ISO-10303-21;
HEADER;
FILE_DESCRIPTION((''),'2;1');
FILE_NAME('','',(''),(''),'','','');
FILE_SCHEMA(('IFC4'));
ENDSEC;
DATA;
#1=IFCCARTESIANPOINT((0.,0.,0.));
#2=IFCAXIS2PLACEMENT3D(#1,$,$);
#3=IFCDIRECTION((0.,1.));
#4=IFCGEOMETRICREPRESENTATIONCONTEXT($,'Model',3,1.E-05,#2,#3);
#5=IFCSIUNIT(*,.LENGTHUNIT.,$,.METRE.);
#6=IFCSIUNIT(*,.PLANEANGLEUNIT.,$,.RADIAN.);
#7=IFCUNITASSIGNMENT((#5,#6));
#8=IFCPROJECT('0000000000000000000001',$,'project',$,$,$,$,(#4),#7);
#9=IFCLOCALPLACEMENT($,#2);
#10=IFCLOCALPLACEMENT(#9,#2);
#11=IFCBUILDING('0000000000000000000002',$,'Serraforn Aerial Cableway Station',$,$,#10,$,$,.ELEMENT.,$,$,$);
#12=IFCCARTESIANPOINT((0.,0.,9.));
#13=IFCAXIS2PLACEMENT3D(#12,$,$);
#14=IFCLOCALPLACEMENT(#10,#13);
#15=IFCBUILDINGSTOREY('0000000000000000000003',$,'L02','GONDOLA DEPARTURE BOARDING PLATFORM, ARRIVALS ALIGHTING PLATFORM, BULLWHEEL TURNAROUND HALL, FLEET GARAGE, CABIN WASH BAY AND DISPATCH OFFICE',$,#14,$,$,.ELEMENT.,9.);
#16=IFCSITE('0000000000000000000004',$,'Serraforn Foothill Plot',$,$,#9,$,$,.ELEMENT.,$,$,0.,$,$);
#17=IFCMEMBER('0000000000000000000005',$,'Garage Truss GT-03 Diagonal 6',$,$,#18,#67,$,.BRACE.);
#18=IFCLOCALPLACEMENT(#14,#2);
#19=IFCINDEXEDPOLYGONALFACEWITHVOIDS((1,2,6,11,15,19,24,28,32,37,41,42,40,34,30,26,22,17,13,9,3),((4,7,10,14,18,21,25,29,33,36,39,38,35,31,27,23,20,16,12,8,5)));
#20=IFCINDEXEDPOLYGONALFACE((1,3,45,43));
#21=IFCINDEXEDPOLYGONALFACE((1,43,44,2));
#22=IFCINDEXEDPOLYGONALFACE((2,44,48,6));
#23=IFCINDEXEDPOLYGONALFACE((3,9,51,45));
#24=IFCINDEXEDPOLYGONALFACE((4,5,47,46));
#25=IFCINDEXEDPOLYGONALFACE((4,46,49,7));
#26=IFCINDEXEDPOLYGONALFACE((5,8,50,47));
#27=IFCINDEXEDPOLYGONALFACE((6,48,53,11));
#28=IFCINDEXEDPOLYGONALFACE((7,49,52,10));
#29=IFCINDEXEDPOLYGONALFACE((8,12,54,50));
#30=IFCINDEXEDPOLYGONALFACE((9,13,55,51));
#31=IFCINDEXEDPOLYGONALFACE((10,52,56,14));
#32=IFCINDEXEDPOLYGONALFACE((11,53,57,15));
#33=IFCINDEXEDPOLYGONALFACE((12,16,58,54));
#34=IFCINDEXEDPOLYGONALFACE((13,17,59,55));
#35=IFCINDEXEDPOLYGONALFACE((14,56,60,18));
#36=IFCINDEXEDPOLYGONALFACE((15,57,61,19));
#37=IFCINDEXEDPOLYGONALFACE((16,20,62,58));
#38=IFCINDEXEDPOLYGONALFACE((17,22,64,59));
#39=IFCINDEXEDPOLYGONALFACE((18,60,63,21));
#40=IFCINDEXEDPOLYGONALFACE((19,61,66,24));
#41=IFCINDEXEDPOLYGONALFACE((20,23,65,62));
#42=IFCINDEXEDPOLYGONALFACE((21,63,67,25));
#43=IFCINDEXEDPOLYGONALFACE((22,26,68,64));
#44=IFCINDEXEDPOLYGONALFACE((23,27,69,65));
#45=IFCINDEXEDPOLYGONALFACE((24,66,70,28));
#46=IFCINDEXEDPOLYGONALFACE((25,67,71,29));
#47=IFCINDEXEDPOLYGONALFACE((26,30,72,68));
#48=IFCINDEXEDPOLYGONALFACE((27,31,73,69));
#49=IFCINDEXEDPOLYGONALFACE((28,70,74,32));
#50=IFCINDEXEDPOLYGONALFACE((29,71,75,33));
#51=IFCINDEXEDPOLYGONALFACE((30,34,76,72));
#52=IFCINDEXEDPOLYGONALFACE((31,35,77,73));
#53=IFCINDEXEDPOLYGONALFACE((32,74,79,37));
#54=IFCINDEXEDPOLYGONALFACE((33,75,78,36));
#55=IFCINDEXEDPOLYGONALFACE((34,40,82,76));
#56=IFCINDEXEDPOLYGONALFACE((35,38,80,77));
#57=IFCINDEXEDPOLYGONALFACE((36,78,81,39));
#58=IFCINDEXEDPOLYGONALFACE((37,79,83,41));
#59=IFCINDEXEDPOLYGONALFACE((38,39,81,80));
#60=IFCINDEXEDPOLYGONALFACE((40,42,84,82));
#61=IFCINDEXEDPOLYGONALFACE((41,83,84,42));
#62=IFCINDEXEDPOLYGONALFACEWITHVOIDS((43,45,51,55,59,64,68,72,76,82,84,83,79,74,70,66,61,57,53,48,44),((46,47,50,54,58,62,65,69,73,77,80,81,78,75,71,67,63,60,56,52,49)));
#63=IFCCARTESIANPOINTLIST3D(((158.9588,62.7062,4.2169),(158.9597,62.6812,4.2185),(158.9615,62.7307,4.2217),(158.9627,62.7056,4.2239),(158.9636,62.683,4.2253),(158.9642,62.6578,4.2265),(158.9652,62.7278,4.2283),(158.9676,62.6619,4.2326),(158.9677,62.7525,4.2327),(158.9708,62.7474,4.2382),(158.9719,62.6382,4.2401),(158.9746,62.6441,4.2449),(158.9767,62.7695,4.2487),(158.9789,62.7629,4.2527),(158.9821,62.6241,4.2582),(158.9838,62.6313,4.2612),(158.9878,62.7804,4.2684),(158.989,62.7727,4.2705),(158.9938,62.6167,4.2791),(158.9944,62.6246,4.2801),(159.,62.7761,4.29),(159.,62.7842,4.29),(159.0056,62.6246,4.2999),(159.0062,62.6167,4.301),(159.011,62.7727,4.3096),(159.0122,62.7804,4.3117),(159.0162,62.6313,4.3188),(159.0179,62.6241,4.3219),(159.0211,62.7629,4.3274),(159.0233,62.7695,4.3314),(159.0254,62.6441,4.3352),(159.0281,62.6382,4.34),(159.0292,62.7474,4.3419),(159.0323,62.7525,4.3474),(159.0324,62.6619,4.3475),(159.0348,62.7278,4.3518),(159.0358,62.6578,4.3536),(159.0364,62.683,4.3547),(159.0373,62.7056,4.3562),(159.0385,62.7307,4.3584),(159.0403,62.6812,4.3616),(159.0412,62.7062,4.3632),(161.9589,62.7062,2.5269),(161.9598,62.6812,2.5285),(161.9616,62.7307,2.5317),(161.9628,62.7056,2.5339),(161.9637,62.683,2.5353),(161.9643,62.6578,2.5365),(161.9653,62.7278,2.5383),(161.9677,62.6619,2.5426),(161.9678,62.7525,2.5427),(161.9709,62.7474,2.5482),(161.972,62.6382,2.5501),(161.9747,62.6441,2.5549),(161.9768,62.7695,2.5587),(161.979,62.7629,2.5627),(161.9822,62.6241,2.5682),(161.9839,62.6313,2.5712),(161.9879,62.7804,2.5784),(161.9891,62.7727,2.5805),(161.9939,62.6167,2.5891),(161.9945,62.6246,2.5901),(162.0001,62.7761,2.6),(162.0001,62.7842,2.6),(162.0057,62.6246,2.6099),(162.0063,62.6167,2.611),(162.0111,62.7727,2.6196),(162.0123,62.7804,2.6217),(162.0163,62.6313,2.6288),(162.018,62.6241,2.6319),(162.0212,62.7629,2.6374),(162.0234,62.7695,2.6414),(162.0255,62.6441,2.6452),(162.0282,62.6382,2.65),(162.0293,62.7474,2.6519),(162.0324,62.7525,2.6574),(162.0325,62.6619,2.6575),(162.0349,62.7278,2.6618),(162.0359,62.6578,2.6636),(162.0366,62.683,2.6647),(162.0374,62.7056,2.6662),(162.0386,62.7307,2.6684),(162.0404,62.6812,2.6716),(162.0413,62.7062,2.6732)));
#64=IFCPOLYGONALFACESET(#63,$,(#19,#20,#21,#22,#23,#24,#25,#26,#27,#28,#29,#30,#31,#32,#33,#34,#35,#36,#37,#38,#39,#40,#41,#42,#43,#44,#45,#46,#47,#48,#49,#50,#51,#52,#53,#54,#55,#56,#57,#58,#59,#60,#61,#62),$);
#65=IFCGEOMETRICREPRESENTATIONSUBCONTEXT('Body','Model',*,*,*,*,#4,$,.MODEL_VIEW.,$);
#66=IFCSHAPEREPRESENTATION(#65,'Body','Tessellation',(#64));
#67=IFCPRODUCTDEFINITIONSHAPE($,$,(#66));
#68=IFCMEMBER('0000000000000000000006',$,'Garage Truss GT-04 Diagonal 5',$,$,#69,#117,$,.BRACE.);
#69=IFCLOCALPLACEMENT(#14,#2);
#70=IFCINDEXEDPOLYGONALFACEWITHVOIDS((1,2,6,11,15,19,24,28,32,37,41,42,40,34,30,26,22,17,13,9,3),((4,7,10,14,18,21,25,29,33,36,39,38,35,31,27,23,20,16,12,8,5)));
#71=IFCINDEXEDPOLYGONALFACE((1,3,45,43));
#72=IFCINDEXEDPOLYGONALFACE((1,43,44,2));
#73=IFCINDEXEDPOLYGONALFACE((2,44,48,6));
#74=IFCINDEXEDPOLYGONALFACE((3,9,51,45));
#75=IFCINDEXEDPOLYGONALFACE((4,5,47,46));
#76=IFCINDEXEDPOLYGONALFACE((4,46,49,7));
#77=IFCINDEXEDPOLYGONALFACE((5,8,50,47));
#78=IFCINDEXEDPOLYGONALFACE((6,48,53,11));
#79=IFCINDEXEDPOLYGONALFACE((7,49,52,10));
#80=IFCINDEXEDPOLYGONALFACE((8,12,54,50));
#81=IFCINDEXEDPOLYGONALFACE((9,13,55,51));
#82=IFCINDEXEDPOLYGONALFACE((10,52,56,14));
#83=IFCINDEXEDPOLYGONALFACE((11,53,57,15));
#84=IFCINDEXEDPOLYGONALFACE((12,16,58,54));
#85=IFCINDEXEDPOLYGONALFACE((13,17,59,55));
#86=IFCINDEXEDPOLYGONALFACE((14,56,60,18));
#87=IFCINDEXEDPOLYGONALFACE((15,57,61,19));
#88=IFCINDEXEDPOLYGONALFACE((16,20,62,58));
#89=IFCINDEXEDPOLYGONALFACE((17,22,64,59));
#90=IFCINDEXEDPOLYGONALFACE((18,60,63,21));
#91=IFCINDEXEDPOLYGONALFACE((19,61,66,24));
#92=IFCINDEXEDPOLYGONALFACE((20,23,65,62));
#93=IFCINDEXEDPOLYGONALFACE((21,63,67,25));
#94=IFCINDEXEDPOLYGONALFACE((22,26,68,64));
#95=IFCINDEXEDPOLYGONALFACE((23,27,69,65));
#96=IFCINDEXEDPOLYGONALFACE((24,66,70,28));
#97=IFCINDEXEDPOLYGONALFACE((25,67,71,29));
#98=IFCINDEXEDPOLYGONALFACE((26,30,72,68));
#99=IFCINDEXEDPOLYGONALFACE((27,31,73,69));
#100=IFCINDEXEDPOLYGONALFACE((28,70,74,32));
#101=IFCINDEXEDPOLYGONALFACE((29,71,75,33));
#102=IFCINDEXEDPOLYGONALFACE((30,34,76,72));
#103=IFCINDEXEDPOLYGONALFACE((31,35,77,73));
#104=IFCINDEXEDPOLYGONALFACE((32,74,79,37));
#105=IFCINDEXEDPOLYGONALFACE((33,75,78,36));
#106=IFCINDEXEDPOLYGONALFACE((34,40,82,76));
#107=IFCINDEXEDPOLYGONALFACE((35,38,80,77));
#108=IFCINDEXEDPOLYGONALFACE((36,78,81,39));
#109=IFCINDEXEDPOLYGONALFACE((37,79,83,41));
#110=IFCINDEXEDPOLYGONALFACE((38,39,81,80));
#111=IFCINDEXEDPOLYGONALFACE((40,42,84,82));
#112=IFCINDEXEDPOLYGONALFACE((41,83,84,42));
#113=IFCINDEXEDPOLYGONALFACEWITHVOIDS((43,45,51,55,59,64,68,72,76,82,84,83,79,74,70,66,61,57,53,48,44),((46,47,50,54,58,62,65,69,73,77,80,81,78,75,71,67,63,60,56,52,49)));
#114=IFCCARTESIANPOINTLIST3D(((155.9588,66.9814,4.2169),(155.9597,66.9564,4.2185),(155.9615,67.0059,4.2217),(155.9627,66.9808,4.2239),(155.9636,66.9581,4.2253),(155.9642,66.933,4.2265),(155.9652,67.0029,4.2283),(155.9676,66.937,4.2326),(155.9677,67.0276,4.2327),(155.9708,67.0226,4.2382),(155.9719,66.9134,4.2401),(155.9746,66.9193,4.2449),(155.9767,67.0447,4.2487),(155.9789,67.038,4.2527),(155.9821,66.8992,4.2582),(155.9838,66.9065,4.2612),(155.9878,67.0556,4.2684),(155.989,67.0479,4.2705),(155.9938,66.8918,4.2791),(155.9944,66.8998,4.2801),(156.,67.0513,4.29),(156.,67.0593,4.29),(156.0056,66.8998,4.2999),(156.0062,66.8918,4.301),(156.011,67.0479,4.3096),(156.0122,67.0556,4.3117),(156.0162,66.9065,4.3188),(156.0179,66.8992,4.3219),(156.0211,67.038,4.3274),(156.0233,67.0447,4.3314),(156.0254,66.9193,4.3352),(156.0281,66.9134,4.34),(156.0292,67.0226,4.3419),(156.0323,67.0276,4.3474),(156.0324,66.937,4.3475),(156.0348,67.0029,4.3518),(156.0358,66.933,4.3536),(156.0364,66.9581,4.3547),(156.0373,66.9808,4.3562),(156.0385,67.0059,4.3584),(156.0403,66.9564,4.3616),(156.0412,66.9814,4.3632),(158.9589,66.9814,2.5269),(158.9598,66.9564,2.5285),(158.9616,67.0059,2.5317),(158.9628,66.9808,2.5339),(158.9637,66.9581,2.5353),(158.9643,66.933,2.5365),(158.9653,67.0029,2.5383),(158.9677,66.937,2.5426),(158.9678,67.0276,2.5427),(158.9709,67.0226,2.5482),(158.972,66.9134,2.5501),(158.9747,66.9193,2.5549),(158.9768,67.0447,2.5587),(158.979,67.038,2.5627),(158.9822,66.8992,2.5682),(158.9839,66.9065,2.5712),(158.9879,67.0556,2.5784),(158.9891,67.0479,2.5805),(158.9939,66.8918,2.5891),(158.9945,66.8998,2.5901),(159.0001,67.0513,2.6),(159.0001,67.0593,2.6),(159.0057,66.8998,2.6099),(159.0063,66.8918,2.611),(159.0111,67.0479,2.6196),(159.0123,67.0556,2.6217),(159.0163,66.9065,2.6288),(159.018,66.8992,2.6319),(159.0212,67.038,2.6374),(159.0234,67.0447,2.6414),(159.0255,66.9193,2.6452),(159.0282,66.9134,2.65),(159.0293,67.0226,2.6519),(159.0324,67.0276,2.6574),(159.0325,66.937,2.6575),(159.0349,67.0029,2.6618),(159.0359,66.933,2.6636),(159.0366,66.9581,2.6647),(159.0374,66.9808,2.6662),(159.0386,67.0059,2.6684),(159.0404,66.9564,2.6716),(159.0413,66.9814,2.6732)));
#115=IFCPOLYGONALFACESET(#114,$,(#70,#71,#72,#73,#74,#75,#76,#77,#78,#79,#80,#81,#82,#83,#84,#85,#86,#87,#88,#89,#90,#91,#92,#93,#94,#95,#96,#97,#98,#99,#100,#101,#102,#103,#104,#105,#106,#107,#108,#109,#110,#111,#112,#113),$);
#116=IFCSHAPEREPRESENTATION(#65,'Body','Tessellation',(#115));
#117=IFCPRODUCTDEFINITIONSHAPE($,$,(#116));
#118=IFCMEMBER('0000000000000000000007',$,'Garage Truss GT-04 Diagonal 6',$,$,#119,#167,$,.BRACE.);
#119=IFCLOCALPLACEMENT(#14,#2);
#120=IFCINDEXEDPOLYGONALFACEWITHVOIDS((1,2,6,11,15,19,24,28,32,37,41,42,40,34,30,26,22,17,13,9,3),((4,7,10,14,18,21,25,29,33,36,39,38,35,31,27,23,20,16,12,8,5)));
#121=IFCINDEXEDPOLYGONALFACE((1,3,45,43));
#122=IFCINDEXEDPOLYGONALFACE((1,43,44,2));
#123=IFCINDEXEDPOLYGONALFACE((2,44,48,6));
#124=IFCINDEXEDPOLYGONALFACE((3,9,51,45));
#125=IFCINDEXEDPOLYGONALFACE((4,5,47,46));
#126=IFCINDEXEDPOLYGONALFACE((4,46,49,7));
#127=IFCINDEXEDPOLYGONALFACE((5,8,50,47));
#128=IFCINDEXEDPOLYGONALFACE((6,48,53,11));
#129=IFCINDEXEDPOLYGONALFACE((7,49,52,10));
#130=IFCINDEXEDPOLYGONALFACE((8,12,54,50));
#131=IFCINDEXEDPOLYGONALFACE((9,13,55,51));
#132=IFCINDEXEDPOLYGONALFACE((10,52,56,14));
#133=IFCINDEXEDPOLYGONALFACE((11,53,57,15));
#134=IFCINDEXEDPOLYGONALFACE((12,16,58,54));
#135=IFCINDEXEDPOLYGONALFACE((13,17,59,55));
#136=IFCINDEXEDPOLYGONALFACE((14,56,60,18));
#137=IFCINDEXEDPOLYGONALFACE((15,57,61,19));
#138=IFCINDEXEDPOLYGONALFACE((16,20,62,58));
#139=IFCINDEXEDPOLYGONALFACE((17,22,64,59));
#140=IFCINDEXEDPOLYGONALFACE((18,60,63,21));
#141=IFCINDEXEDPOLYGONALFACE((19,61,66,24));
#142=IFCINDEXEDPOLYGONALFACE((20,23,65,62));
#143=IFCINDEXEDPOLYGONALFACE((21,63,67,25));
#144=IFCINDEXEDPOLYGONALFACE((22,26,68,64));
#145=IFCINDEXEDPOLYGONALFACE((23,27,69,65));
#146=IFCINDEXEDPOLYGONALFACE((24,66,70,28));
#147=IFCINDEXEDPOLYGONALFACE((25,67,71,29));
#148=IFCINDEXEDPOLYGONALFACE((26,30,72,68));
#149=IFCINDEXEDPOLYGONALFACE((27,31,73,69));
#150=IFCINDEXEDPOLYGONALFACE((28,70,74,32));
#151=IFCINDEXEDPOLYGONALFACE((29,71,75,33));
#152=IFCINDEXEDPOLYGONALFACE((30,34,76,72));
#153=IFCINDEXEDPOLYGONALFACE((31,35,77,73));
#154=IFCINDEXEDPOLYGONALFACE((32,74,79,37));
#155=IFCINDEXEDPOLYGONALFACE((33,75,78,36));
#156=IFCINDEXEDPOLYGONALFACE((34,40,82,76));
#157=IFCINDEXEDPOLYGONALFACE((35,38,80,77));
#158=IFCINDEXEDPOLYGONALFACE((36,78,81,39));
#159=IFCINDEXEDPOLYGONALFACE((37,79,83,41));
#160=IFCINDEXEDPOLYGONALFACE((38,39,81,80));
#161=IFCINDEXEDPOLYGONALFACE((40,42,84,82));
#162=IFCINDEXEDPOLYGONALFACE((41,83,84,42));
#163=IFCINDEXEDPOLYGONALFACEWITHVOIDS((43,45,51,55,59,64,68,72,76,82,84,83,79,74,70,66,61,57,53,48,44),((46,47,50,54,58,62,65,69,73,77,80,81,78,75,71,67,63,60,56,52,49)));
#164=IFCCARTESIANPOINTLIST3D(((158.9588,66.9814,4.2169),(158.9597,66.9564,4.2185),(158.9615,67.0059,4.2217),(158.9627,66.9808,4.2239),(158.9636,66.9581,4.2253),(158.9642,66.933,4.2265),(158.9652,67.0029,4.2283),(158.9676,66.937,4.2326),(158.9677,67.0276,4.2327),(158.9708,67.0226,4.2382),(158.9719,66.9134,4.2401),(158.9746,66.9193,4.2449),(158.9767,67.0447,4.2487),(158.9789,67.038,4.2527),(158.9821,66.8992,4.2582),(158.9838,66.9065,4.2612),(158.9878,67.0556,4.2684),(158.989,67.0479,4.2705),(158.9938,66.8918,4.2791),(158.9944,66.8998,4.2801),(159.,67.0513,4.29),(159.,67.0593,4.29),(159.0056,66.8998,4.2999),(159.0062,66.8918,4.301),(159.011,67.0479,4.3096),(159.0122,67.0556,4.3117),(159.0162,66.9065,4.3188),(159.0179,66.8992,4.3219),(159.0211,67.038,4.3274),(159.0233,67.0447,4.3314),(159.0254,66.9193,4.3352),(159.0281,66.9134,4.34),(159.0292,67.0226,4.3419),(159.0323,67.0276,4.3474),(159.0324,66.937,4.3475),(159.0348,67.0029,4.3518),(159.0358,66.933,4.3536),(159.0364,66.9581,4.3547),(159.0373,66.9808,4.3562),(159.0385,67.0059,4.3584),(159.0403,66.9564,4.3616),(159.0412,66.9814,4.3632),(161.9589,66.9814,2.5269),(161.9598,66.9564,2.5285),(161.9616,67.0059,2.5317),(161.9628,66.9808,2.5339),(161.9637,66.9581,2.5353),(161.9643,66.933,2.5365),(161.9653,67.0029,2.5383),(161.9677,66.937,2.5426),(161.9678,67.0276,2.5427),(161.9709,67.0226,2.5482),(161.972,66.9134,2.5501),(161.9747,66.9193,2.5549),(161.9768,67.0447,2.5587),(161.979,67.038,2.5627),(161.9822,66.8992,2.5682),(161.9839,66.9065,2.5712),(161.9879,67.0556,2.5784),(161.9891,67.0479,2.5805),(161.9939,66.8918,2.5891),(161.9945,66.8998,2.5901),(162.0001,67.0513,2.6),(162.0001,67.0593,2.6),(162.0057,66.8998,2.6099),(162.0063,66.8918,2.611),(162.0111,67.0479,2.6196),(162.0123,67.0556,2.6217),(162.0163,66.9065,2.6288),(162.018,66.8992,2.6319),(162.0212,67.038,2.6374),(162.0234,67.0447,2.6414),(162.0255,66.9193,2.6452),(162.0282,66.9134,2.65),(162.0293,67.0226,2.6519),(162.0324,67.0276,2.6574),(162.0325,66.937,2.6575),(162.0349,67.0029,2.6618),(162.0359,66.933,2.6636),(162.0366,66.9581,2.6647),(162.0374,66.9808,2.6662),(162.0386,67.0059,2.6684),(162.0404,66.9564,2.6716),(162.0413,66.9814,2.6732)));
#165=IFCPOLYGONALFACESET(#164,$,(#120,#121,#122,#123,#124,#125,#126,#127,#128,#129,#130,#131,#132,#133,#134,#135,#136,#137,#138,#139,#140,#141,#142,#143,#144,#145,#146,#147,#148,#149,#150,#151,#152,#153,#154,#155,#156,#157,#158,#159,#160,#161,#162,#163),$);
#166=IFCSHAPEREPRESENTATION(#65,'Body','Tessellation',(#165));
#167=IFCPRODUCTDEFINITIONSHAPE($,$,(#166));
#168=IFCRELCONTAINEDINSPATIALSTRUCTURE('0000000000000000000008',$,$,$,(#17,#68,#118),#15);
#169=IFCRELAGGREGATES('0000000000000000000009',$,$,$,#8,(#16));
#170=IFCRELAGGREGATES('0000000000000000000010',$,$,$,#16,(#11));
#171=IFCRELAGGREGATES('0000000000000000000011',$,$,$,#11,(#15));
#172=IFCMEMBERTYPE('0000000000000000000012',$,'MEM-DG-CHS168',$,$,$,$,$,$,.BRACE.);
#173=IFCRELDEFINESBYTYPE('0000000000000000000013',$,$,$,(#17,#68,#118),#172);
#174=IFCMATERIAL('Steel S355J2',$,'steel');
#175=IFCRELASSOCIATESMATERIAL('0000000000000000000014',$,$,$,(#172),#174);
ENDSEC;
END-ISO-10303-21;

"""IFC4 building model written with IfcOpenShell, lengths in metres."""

from ifc_helpers import new_model, si_unit, direction, frame, origin, origin_2d, place, context, subcontext, project, spatial, hollow_circle, extrude, material, material_profile, profile_set, type_object, element, save


model = new_model("IFC4")

# Units and contexts
model_context = context("Model", 3, precision=1e-05, world=origin(), true_north=direction((0.0, 1.0)))
body_context = subcontext(model_context, "Body", "Model", "MODEL_VIEW")
ifc_project = project(units=[si_unit("LENGTHUNIT", "METRE"), si_unit("PLANEANGLEUNIT", "RADIAN")], contexts=[model_context])

# Site, building, storey
site_placement = place(None, origin())
site = spatial("IfcSite", under=ifc_project, at=site_placement, Name="Serraforn Foothill Plot", CompositionType="ELEMENT", RefElevation=0.0)
building_placement = place(site_placement, origin())
building = spatial("IfcBuilding", under=site, at=building_placement, Name="Serraforn Aerial Cableway Station", CompositionType="ELEMENT")
storey_placement = place(building_placement, frame((0.0, 0.0, 9.0)))
storey = spatial("IfcBuildingStorey", under=building, at=storey_placement, Name="L02", Description="GONDOLA DEPARTURE BOARDING PLATFORM, ARRIVALS ALIGHTING PLATFORM, BULLWHEEL TURNAROUND HALL, FLEET GARAGE, CABIN WASH BAY AND DISPATCH OFFICE", CompositionType="ELEMENT", Elevation=9.0)

# Members
ifc_material_1 = material(Name="Steel S355J2", Category="steel")
ifc_material_profile_1 = material_profile(ifc_material_1, hollow_circle(Radius=0.0842, WallThickness=0.0081, at=origin_2d()), Name="CHS 168.3x8.0")
ifc_profile_set_1 = profile_set([ifc_material_profile_1], Name="Steel S355J2")
member_type_1 = type_object("IfcMemberType", Name="MEM-DG-CHS168", PredefinedType="BRACE", material=ifc_profile_set_1)
for number, where, z_axis, x_axis, name in (
    (1, (159.0, 62.7, 4.29), (0.871272, 0.0, -0.4908), (0.0, 1.0, 0.0), "Garage Truss GT-03 Diagonal 6"),
    (2, (156.0, 66.9751, 4.29), (0.871272, 0.0, -0.4908), (0.0, 1.0, 0.0), "Garage Truss GT-04 Diagonal 5"),
    (3, (159.0, 66.9751, 4.29), (0.871272, 0.0, -0.4908), (0.0, 1.0, 0.0), "Garage Truss GT-04 Diagonal 6"),
):
    element("IfcMember", number, at=place(storey_placement, frame(where, z_axis=z_axis, x_axis=x_axis)), inside=storey, type_object=member_type_1, Name=name, PredefinedType="BRACE", context=body_context, shape_type="SweptSolid", body=[
        extrude(hollow_circle(Radius=0.0842, WallThickness=0.0081, at=origin_2d()), origin(), (0.0, 0.0, 1.0), 3.4434),
    ])

save(model, "model.ifc")
